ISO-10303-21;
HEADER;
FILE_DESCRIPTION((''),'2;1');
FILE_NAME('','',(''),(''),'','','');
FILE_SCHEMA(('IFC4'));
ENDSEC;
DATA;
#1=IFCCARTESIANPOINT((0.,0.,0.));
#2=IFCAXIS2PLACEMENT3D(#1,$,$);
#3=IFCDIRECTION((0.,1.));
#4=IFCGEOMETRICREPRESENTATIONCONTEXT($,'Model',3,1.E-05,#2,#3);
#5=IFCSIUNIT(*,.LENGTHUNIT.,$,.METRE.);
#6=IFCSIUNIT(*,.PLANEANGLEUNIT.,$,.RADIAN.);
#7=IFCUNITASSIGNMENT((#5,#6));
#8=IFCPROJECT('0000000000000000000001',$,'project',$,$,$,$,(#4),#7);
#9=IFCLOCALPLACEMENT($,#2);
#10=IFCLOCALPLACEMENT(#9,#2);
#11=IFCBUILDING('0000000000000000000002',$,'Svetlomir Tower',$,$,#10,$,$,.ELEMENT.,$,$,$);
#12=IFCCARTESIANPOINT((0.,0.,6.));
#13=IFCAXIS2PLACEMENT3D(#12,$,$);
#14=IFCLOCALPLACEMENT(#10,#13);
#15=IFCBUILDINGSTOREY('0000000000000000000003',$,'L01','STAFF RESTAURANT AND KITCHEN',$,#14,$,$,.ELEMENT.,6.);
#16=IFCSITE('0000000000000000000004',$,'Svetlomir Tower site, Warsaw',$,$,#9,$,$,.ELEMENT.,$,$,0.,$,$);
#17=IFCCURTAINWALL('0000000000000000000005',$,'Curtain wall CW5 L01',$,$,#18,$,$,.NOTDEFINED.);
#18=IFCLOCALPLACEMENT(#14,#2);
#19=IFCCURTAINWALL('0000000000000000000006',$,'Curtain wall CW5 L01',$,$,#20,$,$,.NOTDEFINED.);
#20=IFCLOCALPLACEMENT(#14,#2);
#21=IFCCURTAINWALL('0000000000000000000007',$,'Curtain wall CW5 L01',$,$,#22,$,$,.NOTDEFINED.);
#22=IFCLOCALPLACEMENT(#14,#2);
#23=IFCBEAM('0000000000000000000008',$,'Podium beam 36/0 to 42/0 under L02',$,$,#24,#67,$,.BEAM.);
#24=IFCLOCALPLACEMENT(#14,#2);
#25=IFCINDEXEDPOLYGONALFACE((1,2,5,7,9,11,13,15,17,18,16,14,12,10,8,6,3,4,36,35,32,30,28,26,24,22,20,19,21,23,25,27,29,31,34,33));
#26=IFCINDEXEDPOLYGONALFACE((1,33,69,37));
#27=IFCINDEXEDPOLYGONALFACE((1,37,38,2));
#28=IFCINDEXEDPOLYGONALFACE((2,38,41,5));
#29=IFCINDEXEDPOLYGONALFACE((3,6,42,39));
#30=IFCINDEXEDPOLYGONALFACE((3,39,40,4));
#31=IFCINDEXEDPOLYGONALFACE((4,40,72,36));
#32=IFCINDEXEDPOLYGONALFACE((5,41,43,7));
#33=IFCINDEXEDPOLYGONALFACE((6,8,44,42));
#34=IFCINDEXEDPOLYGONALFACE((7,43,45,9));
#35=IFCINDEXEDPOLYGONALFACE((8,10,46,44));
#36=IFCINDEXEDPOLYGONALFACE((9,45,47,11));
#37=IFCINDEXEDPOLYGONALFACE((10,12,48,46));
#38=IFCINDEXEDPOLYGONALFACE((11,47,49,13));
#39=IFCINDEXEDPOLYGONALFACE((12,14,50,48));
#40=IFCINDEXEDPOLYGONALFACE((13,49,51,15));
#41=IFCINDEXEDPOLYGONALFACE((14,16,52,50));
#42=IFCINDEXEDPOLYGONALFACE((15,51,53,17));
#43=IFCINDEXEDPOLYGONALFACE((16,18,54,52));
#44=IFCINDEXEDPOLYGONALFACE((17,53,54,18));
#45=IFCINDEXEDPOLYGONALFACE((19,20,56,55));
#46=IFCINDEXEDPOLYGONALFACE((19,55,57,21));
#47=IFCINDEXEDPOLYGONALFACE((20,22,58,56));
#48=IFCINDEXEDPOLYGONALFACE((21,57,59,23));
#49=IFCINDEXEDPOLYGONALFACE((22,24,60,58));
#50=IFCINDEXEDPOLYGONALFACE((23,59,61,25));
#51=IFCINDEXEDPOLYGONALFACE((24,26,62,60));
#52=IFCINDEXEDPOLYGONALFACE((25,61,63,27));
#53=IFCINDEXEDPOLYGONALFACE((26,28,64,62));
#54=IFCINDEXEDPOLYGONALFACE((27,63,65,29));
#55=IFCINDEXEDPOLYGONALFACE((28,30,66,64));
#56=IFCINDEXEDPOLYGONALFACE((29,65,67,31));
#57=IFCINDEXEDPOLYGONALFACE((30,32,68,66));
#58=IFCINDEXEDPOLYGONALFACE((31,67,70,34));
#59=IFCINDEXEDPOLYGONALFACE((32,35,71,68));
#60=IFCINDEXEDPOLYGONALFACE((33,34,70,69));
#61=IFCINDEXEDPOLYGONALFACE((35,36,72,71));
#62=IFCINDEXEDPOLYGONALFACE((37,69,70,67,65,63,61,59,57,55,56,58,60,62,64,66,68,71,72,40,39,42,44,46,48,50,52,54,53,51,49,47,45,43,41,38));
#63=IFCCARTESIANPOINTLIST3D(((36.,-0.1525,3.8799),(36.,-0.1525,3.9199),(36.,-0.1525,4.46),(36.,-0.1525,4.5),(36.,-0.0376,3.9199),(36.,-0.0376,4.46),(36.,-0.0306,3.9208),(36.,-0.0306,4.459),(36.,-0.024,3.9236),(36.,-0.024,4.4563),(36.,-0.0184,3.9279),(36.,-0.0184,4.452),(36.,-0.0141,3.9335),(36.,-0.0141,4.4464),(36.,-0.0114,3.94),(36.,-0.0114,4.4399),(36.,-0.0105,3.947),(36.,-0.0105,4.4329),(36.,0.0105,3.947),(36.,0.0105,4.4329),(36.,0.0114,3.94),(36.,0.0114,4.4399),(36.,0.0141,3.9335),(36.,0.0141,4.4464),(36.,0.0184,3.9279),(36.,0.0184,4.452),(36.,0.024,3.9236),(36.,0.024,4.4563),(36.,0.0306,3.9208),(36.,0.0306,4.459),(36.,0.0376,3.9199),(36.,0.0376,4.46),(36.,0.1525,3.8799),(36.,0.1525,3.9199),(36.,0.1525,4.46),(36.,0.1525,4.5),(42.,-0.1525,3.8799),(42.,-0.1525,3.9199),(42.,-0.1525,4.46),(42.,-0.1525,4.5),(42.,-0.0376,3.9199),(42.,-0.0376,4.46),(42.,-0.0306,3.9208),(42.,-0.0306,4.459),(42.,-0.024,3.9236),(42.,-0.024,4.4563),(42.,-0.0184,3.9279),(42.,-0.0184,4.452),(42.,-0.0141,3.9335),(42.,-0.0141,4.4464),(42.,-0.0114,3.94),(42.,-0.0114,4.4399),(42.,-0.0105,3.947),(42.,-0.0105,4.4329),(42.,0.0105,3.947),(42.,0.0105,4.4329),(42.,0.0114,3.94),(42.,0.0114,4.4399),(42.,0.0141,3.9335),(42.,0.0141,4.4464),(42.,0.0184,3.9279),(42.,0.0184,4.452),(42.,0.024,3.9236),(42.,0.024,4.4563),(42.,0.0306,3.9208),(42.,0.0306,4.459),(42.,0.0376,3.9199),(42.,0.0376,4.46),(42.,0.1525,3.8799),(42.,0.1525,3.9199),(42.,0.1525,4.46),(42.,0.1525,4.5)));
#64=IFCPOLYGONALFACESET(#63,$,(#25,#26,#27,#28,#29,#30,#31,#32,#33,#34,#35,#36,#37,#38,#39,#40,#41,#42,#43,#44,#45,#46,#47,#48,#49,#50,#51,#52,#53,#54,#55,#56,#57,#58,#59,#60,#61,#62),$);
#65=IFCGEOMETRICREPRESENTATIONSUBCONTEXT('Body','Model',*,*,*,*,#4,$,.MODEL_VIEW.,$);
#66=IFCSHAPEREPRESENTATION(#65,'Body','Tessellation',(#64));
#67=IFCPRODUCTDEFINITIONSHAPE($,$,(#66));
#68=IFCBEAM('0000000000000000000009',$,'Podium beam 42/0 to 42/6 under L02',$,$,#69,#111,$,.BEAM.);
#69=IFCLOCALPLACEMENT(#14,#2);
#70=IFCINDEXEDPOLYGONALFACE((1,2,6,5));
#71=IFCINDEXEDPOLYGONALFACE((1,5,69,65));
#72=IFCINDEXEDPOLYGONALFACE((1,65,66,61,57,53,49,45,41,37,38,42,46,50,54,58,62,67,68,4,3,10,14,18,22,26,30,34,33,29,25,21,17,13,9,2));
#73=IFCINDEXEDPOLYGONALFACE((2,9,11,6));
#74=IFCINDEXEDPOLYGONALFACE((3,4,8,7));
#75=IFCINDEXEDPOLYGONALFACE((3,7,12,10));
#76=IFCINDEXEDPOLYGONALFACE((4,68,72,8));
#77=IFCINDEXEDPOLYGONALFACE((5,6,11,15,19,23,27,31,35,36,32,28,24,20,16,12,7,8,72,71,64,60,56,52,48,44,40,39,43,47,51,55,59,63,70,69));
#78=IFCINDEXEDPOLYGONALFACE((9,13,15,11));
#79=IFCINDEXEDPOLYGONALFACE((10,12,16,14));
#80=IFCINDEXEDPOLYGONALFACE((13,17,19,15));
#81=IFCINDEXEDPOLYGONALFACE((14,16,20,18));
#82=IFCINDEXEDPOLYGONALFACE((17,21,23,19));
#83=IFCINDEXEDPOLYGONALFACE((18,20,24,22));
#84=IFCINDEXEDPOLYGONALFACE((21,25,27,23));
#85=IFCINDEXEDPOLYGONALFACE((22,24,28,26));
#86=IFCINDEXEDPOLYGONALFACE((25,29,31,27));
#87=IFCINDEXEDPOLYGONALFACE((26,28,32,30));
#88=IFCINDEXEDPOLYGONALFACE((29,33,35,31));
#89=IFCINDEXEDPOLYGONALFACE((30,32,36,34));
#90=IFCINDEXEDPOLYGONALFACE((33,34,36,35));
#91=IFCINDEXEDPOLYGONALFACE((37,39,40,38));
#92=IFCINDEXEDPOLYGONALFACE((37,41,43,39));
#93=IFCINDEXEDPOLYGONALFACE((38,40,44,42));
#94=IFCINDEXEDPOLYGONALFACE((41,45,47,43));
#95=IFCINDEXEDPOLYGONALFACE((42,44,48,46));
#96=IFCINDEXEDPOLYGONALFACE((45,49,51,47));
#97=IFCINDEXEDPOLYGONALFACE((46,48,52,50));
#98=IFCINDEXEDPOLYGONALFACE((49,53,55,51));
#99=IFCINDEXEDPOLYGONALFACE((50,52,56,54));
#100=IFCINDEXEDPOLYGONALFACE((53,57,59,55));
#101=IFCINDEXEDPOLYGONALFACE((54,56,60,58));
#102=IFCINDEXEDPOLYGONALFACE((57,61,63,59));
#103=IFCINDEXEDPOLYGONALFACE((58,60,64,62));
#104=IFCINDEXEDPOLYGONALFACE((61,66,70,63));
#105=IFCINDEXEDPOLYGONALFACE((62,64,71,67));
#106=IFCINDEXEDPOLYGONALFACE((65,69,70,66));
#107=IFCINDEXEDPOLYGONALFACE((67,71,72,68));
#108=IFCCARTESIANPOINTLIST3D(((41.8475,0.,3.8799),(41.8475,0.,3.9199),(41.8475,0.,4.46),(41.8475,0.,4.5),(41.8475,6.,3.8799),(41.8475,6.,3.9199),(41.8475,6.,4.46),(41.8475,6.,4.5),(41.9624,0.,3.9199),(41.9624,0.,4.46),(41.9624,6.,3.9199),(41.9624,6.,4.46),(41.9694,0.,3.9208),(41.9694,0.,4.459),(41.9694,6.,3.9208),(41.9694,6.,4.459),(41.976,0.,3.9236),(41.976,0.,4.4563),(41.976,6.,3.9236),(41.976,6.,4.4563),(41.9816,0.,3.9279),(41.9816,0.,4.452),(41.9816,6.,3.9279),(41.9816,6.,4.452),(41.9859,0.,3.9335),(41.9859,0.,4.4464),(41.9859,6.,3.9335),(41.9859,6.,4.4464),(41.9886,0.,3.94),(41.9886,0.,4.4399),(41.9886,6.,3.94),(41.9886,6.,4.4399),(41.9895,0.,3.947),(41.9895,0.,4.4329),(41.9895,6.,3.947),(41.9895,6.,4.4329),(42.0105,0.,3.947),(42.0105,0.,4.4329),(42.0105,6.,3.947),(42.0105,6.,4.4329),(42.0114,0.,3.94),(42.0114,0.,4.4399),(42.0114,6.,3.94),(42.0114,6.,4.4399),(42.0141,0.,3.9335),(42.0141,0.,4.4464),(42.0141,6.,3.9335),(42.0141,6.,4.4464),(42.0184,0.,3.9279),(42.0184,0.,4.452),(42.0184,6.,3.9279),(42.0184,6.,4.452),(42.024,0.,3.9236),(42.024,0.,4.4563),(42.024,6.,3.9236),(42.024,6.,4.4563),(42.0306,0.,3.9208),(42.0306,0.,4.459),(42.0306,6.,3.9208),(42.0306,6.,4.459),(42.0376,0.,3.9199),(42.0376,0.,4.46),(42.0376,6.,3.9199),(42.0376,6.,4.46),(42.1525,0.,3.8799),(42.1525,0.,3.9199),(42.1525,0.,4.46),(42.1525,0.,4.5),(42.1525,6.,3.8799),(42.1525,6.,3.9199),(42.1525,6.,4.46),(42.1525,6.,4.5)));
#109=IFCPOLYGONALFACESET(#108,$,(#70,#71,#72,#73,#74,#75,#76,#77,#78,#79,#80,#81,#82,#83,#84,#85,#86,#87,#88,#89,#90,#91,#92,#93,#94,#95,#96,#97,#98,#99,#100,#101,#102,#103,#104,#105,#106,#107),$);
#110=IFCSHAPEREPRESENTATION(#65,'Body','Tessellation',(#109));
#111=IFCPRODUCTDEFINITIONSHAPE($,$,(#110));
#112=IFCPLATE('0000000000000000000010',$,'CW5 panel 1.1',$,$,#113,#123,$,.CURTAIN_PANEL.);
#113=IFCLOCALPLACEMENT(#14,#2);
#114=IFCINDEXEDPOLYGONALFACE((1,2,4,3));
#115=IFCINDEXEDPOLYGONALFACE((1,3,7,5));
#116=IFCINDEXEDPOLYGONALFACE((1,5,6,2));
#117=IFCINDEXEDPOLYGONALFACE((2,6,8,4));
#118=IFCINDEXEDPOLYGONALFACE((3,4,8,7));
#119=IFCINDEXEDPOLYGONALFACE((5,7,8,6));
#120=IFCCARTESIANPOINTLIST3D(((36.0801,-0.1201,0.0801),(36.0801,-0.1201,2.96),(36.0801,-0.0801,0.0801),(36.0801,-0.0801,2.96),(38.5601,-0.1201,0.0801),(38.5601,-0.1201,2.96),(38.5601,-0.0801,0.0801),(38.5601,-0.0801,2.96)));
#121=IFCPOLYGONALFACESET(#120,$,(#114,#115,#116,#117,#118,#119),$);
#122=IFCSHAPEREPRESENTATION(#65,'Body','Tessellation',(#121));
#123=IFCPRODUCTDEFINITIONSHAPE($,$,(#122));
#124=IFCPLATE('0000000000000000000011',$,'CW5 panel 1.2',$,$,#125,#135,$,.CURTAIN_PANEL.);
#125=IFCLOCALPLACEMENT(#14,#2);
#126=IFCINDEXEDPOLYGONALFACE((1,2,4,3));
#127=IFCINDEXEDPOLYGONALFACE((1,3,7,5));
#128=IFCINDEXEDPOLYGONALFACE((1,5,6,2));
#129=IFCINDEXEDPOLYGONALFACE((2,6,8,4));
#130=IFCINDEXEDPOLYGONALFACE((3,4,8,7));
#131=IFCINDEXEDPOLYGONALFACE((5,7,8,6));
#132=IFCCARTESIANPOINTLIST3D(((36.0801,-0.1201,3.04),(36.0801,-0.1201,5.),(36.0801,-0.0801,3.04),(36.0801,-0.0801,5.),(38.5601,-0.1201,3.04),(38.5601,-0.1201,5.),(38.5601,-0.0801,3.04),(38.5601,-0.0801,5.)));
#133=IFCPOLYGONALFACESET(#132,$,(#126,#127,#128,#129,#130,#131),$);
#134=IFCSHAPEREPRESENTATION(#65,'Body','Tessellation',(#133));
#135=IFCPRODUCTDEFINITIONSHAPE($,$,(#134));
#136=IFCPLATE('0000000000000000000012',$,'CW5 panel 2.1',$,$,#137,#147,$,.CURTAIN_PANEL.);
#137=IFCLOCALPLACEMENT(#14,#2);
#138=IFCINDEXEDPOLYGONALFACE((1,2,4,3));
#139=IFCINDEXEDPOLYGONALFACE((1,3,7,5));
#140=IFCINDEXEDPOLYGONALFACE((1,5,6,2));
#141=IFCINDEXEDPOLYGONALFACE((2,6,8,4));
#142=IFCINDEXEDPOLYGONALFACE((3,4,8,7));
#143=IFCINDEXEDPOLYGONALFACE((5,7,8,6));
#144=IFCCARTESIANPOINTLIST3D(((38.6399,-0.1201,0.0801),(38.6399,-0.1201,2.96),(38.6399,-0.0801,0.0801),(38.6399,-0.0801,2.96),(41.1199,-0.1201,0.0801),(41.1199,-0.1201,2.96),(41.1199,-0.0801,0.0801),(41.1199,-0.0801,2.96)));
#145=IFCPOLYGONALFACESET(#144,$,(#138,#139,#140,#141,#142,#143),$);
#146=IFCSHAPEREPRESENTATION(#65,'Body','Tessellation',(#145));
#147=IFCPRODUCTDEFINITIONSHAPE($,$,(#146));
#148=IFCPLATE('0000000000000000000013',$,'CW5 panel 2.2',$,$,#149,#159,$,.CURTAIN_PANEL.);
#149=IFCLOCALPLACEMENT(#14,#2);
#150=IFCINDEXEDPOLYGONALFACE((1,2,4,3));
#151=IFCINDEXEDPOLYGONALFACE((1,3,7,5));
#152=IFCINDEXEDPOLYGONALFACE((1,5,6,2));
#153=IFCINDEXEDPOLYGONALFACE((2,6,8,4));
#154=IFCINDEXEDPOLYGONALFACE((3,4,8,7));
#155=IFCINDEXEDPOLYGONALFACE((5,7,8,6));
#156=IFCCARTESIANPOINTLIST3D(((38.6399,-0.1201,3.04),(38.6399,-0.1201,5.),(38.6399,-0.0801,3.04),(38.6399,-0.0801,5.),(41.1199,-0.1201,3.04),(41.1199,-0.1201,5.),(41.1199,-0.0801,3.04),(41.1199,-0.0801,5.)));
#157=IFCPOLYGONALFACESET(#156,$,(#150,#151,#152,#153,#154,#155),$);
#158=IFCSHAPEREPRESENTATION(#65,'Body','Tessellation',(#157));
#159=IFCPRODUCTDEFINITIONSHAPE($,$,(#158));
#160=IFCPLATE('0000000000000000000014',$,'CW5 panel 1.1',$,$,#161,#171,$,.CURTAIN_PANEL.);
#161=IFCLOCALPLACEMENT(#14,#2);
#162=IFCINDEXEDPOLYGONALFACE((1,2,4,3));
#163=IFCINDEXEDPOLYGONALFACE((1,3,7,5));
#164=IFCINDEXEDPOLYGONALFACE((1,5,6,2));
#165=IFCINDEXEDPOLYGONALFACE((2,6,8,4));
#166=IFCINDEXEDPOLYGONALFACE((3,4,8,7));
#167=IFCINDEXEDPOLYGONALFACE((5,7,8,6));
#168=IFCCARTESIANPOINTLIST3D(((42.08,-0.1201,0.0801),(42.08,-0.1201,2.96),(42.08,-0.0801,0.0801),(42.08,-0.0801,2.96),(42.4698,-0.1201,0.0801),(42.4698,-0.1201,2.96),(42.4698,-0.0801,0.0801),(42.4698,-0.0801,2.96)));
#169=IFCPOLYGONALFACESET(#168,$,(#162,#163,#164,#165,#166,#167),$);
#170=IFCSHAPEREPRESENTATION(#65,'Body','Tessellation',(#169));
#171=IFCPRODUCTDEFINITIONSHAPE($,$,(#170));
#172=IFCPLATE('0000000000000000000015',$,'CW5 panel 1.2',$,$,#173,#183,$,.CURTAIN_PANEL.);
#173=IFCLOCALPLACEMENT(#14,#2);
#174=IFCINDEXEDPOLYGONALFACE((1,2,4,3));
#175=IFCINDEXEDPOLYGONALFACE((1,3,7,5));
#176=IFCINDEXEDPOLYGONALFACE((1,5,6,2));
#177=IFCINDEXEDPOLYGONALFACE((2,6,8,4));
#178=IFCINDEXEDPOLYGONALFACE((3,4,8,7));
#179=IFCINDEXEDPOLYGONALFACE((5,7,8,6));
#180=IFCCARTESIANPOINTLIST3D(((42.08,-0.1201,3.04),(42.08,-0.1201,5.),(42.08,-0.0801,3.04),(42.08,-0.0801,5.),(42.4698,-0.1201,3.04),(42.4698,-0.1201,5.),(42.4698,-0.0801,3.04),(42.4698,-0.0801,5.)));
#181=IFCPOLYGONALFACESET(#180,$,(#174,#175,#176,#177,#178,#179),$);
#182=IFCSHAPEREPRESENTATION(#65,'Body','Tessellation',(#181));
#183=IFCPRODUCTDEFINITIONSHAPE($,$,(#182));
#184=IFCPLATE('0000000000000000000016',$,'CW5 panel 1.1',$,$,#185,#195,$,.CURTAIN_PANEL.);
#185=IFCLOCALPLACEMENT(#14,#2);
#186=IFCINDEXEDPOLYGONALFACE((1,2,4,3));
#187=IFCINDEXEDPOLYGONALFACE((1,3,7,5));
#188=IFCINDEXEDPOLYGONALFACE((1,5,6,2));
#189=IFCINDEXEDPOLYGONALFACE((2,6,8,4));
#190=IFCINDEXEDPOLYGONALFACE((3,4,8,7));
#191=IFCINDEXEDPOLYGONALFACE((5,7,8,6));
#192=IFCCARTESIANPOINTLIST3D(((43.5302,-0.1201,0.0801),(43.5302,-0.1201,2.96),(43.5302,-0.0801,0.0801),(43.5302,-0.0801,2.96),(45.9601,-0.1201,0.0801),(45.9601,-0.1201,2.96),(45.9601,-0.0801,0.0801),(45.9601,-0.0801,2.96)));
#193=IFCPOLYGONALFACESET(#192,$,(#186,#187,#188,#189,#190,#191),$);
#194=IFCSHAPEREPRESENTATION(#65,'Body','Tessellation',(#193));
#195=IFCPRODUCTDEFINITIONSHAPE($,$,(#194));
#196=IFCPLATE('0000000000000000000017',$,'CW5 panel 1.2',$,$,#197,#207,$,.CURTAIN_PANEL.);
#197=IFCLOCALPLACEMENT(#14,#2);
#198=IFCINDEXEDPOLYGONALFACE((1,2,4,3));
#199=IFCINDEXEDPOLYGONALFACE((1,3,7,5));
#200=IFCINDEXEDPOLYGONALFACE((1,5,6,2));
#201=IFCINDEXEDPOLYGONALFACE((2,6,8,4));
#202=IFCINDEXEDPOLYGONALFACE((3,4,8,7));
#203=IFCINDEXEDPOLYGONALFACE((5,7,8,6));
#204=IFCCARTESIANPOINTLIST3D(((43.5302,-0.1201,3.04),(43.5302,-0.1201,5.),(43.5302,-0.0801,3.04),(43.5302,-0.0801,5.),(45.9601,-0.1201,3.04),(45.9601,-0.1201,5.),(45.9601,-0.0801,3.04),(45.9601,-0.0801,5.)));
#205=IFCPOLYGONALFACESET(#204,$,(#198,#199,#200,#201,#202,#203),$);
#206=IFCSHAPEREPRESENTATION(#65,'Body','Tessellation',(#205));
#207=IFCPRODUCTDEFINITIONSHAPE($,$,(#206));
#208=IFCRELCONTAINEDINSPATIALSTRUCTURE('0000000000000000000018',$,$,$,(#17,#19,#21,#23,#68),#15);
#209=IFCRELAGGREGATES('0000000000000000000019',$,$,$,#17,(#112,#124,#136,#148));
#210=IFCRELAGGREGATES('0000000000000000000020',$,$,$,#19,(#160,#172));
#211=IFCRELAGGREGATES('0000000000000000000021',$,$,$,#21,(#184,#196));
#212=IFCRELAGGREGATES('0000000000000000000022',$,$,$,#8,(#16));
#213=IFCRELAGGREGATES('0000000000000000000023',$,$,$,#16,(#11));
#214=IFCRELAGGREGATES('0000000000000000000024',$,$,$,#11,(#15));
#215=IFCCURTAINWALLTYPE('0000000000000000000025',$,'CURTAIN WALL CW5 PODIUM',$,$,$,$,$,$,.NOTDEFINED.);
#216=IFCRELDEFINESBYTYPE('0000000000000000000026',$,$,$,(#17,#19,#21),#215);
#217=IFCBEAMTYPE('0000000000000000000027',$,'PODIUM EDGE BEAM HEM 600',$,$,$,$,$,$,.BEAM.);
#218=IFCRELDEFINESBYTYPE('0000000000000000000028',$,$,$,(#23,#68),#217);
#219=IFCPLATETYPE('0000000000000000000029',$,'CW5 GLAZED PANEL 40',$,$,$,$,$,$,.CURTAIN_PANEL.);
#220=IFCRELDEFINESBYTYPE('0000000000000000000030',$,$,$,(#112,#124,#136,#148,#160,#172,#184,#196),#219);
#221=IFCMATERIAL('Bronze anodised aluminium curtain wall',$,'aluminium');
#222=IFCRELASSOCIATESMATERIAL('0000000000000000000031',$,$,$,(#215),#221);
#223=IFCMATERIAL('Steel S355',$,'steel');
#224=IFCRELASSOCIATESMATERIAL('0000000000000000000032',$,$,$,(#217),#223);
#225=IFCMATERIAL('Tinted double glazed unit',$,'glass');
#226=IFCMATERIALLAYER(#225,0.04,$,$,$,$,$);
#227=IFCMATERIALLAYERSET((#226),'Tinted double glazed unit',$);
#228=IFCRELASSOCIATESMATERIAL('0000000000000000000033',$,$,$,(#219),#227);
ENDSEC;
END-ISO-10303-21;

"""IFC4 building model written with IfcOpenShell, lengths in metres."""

from ifc_helpers import new_model, si_unit, direction, frame, origin, origin_2d, place, context, subcontext, project, spatial, rectangle, i_section, extrude, material, layer, layer_set, material_profile, profile_set, type_object, element, aggregate, save


model = new_model("IFC4")

# Units and contexts
model_context = context("Model", 3, precision=1e-05, world=origin(), true_north=direction((0.0, 1.0)))
body_context = subcontext(model_context, "Body", "Model", "MODEL_VIEW")
ifc_project = project(units=[si_unit("LENGTHUNIT", "METRE"), si_unit("PLANEANGLEUNIT", "RADIAN")], contexts=[model_context])

# Site, building, storey
site_placement = place(None, origin())
site = spatial("IfcSite", under=ifc_project, at=site_placement, Name="Svetlomir Tower site, Warsaw", CompositionType="ELEMENT", RefElevation=0.0)
building_placement = place(site_placement, origin())
building = spatial("IfcBuilding", under=site, at=building_placement, Name="Svetlomir Tower", CompositionType="ELEMENT")
storey_placement = place(building_placement, frame((0.0, 0.0, 6.0)))
storey = spatial("IfcBuildingStorey", under=building, at=storey_placement, Name="L01", Description="STAFF RESTAURANT AND KITCHEN", CompositionType="ELEMENT", Elevation=6.0)

# Curtain walls
ifc_material_1 = material(Name="Bronze anodised aluminium curtain wall", Category="aluminium")
curtain_wall_type = type_object("IfcCurtainWallType", Name="CURTAIN WALL CW5 PODIUM", PredefinedType="NOTDEFINED", material=ifc_material_1)
curtain_wall_1_placement = place(storey_placement, origin())
curtain_wall_1 = element("IfcCurtainWall", 1, at=curtain_wall_1_placement, inside=storey, type_object=curtain_wall_type, Name="Curtain wall CW5 L01", PredefinedType="NOTDEFINED")
curtain_wall_2_placement = place(storey_placement, origin())
curtain_wall_2 = element("IfcCurtainWall", 2, at=curtain_wall_2_placement, inside=storey, type_object=curtain_wall_type, Name="Curtain wall CW5 L01", PredefinedType="NOTDEFINED")

# Curtain wall
curtain_wall_3_placement = place(storey_placement, origin())
curtain_wall_3 = element("IfcCurtainWall", 3, at=curtain_wall_3_placement, inside=storey, type_object=curtain_wall_type, Name="Curtain wall CW5 L01", PredefinedType="NOTDEFINED")

# Beams
ifc_material_2 = material(Name="Steel S355", Category="steel")
ifc_material_profile_1 = material_profile(ifc_material_2, i_section(OverallWidth=0.3049, OverallDepth=0.6201, WebThickness=0.021, FlangeThickness=0.04, FilletRadius=0.0271, at=origin_2d()), Name="HEM 600")
ifc_profile_set_1 = profile_set([ifc_material_profile_1], Name="Steel S355")
beam_type = type_object("IfcBeamType", Name="PODIUM EDGE BEAM HEM 600", PredefinedType="BEAM", material=ifc_profile_set_1)
for number, where, z_axis, x_axis, name in (
    (4, (36.0, 0.0, 4.1899), (1.0, 0.0, 0.0), (0.0, 1.0, 0.0), "Podium beam 36/0 to 42/0 under L02"),
    (5, (42.0, 0.0, 4.1899), (0.0, 1.0, 0.0), (-1.0, 0.0, 0.0), "Podium beam 42/0 to 42/6 under L02"),
):
    element("IfcBeam", number, at=place(storey_placement, frame(where, z_axis=z_axis, x_axis=x_axis)), inside=storey, type_object=beam_type, Name=name, PredefinedType="BEAM", context=body_context, shape_type="SweptSolid", body=[
        extrude(i_section(OverallWidth=0.3049, OverallDepth=0.6201, WebThickness=0.021, FlangeThickness=0.04, FilletRadius=0.0271, at=origin_2d()), origin(), (0.0, 0.0, 1.0), 6.0),
    ])

# Plates
ifc_material_3 = material(Name="Tinted double glazed unit", Category="glass")
ifc_layer = layer(ifc_material_3, 0.04)
ifc_layer_set = layer_set([ifc_layer], Name="Tinted double glazed unit")
plate_type = type_object("IfcPlateType", Name="CW5 GLAZED PANEL 40", PredefinedType="CURTAIN_PANEL", material=ifc_layer_set)
plate_1_placement = place(storey_placement, frame((37.3201, -0.1001, 0.0801), z_axis=(0.0, 0.0, 1.0), x_axis=(1.0, 0.0, 0.0)))
plate_1 = element("IfcPlate", 6, at=plate_1_placement, type_object=plate_type, Name="CW5 panel 1.1", PredefinedType="CURTAIN_PANEL", context=body_context, shape_type="SweptSolid", body=[
    extrude(rectangle(XDim=2.48, YDim=0.04, at=origin_2d()), origin(), (0.0, 0.0, 1.0), 2.8799),
])
plate_2_placement = place(storey_placement, frame((37.3201, -0.1001, 3.04), z_axis=(0.0, 0.0, 1.0), x_axis=(1.0, 0.0, 0.0)))
plate_2 = element("IfcPlate", 7, at=plate_2_placement, type_object=plate_type, Name="CW5 panel 1.2", PredefinedType="CURTAIN_PANEL", context=body_context, shape_type="SweptSolid", body=[
    extrude(rectangle(XDim=2.48, YDim=0.04, at=origin_2d()), origin(), (0.0, 0.0, 1.0), 1.96),
])
plate_3_placement = place(storey_placement, frame((39.8799, -0.1001, 0.0801), z_axis=(0.0, 0.0, 1.0), x_axis=(1.0, 0.0, 0.0)))
plate_3 = element("IfcPlate", 8, at=plate_3_placement, type_object=plate_type, Name="CW5 panel 2.1", PredefinedType="CURTAIN_PANEL", context=body_context, shape_type="SweptSolid", body=[
    extrude(rectangle(XDim=2.48, YDim=0.04, at=origin_2d()), origin(), (0.0, 0.0, 1.0), 2.8799),
])
plate_4_placement = place(storey_placement, frame((39.8799, -0.1001, 3.04), z_axis=(0.0, 0.0, 1.0), x_axis=(1.0, 0.0, 0.0)))
plate_4 = element("IfcPlate", 9, at=plate_4_placement, type_object=plate_type, Name="CW5 panel 2.2", PredefinedType="CURTAIN_PANEL", context=body_context, shape_type="SweptSolid", body=[
    extrude(rectangle(XDim=2.48, YDim=0.04, at=origin_2d()), origin(), (0.0, 0.0, 1.0), 1.96),
])
aggregate(curtain_wall_1, [plate_1, plate_2, plate_3, plate_4])
plate_5_placement = place(storey_placement, frame((42.2749, -0.1001, 0.0801), z_axis=(0.0, 0.0, 1.0), x_axis=(1.0, 0.0, 0.0)))
plate_5 = element("IfcPlate", 10, at=plate_5_placement, type_object=plate_type, Name="CW5 panel 1.1", PredefinedType="CURTAIN_PANEL", context=body_context, shape_type="SweptSolid", body=[
    extrude(rectangle(XDim=0.3899, YDim=0.04, at=origin_2d()), origin(), (0.0, 0.0, 1.0), 2.8799),
])
plate_6_placement = place(storey_placement, frame((42.2749, -0.1001, 3.04), z_axis=(0.0, 0.0, 1.0), x_axis=(1.0, 0.0, 0.0)))
plate_6 = element("IfcPlate", 11, at=plate_6_placement, type_object=plate_type, Name="CW5 panel 1.2", PredefinedType="CURTAIN_PANEL", context=body_context, shape_type="SweptSolid", body=[
    extrude(rectangle(XDim=0.3899, YDim=0.04, at=origin_2d()), origin(), (0.0, 0.0, 1.0), 1.96),
])
aggregate(curtain_wall_2, [plate_5, plate_6])
plate_7_placement = place(storey_placement, frame((44.7451, -0.1001, 0.0801), z_axis=(0.0, 0.0, 1.0), x_axis=(1.0, 0.0, 0.0)))
plate_7 = element("IfcPlate", 12, at=plate_7_placement, type_object=plate_type, Name="CW5 panel 1.1", PredefinedType="CURTAIN_PANEL", context=body_context, shape_type="SweptSolid", body=[
    extrude(rectangle(XDim=2.4299, YDim=0.04, at=origin_2d()), origin(), (0.0, 0.0, 1.0), 2.8799),
])
plate_8_placement = place(storey_placement, frame((44.7451, -0.1001, 3.04), z_axis=(0.0, 0.0, 1.0), x_axis=(1.0, 0.0, 0.0)))
plate_8 = element("IfcPlate", 13, at=plate_8_placement, type_object=plate_type, Name="CW5 panel 1.2", PredefinedType="CURTAIN_PANEL", context=body_context, shape_type="SweptSolid", body=[
    extrude(rectangle(XDim=2.4299, YDim=0.04, at=origin_2d()), origin(), (0.0, 0.0, 1.0), 1.96),
])
aggregate(curtain_wall_3, [plate_7, plate_8])

save(model, "model.ifc")
